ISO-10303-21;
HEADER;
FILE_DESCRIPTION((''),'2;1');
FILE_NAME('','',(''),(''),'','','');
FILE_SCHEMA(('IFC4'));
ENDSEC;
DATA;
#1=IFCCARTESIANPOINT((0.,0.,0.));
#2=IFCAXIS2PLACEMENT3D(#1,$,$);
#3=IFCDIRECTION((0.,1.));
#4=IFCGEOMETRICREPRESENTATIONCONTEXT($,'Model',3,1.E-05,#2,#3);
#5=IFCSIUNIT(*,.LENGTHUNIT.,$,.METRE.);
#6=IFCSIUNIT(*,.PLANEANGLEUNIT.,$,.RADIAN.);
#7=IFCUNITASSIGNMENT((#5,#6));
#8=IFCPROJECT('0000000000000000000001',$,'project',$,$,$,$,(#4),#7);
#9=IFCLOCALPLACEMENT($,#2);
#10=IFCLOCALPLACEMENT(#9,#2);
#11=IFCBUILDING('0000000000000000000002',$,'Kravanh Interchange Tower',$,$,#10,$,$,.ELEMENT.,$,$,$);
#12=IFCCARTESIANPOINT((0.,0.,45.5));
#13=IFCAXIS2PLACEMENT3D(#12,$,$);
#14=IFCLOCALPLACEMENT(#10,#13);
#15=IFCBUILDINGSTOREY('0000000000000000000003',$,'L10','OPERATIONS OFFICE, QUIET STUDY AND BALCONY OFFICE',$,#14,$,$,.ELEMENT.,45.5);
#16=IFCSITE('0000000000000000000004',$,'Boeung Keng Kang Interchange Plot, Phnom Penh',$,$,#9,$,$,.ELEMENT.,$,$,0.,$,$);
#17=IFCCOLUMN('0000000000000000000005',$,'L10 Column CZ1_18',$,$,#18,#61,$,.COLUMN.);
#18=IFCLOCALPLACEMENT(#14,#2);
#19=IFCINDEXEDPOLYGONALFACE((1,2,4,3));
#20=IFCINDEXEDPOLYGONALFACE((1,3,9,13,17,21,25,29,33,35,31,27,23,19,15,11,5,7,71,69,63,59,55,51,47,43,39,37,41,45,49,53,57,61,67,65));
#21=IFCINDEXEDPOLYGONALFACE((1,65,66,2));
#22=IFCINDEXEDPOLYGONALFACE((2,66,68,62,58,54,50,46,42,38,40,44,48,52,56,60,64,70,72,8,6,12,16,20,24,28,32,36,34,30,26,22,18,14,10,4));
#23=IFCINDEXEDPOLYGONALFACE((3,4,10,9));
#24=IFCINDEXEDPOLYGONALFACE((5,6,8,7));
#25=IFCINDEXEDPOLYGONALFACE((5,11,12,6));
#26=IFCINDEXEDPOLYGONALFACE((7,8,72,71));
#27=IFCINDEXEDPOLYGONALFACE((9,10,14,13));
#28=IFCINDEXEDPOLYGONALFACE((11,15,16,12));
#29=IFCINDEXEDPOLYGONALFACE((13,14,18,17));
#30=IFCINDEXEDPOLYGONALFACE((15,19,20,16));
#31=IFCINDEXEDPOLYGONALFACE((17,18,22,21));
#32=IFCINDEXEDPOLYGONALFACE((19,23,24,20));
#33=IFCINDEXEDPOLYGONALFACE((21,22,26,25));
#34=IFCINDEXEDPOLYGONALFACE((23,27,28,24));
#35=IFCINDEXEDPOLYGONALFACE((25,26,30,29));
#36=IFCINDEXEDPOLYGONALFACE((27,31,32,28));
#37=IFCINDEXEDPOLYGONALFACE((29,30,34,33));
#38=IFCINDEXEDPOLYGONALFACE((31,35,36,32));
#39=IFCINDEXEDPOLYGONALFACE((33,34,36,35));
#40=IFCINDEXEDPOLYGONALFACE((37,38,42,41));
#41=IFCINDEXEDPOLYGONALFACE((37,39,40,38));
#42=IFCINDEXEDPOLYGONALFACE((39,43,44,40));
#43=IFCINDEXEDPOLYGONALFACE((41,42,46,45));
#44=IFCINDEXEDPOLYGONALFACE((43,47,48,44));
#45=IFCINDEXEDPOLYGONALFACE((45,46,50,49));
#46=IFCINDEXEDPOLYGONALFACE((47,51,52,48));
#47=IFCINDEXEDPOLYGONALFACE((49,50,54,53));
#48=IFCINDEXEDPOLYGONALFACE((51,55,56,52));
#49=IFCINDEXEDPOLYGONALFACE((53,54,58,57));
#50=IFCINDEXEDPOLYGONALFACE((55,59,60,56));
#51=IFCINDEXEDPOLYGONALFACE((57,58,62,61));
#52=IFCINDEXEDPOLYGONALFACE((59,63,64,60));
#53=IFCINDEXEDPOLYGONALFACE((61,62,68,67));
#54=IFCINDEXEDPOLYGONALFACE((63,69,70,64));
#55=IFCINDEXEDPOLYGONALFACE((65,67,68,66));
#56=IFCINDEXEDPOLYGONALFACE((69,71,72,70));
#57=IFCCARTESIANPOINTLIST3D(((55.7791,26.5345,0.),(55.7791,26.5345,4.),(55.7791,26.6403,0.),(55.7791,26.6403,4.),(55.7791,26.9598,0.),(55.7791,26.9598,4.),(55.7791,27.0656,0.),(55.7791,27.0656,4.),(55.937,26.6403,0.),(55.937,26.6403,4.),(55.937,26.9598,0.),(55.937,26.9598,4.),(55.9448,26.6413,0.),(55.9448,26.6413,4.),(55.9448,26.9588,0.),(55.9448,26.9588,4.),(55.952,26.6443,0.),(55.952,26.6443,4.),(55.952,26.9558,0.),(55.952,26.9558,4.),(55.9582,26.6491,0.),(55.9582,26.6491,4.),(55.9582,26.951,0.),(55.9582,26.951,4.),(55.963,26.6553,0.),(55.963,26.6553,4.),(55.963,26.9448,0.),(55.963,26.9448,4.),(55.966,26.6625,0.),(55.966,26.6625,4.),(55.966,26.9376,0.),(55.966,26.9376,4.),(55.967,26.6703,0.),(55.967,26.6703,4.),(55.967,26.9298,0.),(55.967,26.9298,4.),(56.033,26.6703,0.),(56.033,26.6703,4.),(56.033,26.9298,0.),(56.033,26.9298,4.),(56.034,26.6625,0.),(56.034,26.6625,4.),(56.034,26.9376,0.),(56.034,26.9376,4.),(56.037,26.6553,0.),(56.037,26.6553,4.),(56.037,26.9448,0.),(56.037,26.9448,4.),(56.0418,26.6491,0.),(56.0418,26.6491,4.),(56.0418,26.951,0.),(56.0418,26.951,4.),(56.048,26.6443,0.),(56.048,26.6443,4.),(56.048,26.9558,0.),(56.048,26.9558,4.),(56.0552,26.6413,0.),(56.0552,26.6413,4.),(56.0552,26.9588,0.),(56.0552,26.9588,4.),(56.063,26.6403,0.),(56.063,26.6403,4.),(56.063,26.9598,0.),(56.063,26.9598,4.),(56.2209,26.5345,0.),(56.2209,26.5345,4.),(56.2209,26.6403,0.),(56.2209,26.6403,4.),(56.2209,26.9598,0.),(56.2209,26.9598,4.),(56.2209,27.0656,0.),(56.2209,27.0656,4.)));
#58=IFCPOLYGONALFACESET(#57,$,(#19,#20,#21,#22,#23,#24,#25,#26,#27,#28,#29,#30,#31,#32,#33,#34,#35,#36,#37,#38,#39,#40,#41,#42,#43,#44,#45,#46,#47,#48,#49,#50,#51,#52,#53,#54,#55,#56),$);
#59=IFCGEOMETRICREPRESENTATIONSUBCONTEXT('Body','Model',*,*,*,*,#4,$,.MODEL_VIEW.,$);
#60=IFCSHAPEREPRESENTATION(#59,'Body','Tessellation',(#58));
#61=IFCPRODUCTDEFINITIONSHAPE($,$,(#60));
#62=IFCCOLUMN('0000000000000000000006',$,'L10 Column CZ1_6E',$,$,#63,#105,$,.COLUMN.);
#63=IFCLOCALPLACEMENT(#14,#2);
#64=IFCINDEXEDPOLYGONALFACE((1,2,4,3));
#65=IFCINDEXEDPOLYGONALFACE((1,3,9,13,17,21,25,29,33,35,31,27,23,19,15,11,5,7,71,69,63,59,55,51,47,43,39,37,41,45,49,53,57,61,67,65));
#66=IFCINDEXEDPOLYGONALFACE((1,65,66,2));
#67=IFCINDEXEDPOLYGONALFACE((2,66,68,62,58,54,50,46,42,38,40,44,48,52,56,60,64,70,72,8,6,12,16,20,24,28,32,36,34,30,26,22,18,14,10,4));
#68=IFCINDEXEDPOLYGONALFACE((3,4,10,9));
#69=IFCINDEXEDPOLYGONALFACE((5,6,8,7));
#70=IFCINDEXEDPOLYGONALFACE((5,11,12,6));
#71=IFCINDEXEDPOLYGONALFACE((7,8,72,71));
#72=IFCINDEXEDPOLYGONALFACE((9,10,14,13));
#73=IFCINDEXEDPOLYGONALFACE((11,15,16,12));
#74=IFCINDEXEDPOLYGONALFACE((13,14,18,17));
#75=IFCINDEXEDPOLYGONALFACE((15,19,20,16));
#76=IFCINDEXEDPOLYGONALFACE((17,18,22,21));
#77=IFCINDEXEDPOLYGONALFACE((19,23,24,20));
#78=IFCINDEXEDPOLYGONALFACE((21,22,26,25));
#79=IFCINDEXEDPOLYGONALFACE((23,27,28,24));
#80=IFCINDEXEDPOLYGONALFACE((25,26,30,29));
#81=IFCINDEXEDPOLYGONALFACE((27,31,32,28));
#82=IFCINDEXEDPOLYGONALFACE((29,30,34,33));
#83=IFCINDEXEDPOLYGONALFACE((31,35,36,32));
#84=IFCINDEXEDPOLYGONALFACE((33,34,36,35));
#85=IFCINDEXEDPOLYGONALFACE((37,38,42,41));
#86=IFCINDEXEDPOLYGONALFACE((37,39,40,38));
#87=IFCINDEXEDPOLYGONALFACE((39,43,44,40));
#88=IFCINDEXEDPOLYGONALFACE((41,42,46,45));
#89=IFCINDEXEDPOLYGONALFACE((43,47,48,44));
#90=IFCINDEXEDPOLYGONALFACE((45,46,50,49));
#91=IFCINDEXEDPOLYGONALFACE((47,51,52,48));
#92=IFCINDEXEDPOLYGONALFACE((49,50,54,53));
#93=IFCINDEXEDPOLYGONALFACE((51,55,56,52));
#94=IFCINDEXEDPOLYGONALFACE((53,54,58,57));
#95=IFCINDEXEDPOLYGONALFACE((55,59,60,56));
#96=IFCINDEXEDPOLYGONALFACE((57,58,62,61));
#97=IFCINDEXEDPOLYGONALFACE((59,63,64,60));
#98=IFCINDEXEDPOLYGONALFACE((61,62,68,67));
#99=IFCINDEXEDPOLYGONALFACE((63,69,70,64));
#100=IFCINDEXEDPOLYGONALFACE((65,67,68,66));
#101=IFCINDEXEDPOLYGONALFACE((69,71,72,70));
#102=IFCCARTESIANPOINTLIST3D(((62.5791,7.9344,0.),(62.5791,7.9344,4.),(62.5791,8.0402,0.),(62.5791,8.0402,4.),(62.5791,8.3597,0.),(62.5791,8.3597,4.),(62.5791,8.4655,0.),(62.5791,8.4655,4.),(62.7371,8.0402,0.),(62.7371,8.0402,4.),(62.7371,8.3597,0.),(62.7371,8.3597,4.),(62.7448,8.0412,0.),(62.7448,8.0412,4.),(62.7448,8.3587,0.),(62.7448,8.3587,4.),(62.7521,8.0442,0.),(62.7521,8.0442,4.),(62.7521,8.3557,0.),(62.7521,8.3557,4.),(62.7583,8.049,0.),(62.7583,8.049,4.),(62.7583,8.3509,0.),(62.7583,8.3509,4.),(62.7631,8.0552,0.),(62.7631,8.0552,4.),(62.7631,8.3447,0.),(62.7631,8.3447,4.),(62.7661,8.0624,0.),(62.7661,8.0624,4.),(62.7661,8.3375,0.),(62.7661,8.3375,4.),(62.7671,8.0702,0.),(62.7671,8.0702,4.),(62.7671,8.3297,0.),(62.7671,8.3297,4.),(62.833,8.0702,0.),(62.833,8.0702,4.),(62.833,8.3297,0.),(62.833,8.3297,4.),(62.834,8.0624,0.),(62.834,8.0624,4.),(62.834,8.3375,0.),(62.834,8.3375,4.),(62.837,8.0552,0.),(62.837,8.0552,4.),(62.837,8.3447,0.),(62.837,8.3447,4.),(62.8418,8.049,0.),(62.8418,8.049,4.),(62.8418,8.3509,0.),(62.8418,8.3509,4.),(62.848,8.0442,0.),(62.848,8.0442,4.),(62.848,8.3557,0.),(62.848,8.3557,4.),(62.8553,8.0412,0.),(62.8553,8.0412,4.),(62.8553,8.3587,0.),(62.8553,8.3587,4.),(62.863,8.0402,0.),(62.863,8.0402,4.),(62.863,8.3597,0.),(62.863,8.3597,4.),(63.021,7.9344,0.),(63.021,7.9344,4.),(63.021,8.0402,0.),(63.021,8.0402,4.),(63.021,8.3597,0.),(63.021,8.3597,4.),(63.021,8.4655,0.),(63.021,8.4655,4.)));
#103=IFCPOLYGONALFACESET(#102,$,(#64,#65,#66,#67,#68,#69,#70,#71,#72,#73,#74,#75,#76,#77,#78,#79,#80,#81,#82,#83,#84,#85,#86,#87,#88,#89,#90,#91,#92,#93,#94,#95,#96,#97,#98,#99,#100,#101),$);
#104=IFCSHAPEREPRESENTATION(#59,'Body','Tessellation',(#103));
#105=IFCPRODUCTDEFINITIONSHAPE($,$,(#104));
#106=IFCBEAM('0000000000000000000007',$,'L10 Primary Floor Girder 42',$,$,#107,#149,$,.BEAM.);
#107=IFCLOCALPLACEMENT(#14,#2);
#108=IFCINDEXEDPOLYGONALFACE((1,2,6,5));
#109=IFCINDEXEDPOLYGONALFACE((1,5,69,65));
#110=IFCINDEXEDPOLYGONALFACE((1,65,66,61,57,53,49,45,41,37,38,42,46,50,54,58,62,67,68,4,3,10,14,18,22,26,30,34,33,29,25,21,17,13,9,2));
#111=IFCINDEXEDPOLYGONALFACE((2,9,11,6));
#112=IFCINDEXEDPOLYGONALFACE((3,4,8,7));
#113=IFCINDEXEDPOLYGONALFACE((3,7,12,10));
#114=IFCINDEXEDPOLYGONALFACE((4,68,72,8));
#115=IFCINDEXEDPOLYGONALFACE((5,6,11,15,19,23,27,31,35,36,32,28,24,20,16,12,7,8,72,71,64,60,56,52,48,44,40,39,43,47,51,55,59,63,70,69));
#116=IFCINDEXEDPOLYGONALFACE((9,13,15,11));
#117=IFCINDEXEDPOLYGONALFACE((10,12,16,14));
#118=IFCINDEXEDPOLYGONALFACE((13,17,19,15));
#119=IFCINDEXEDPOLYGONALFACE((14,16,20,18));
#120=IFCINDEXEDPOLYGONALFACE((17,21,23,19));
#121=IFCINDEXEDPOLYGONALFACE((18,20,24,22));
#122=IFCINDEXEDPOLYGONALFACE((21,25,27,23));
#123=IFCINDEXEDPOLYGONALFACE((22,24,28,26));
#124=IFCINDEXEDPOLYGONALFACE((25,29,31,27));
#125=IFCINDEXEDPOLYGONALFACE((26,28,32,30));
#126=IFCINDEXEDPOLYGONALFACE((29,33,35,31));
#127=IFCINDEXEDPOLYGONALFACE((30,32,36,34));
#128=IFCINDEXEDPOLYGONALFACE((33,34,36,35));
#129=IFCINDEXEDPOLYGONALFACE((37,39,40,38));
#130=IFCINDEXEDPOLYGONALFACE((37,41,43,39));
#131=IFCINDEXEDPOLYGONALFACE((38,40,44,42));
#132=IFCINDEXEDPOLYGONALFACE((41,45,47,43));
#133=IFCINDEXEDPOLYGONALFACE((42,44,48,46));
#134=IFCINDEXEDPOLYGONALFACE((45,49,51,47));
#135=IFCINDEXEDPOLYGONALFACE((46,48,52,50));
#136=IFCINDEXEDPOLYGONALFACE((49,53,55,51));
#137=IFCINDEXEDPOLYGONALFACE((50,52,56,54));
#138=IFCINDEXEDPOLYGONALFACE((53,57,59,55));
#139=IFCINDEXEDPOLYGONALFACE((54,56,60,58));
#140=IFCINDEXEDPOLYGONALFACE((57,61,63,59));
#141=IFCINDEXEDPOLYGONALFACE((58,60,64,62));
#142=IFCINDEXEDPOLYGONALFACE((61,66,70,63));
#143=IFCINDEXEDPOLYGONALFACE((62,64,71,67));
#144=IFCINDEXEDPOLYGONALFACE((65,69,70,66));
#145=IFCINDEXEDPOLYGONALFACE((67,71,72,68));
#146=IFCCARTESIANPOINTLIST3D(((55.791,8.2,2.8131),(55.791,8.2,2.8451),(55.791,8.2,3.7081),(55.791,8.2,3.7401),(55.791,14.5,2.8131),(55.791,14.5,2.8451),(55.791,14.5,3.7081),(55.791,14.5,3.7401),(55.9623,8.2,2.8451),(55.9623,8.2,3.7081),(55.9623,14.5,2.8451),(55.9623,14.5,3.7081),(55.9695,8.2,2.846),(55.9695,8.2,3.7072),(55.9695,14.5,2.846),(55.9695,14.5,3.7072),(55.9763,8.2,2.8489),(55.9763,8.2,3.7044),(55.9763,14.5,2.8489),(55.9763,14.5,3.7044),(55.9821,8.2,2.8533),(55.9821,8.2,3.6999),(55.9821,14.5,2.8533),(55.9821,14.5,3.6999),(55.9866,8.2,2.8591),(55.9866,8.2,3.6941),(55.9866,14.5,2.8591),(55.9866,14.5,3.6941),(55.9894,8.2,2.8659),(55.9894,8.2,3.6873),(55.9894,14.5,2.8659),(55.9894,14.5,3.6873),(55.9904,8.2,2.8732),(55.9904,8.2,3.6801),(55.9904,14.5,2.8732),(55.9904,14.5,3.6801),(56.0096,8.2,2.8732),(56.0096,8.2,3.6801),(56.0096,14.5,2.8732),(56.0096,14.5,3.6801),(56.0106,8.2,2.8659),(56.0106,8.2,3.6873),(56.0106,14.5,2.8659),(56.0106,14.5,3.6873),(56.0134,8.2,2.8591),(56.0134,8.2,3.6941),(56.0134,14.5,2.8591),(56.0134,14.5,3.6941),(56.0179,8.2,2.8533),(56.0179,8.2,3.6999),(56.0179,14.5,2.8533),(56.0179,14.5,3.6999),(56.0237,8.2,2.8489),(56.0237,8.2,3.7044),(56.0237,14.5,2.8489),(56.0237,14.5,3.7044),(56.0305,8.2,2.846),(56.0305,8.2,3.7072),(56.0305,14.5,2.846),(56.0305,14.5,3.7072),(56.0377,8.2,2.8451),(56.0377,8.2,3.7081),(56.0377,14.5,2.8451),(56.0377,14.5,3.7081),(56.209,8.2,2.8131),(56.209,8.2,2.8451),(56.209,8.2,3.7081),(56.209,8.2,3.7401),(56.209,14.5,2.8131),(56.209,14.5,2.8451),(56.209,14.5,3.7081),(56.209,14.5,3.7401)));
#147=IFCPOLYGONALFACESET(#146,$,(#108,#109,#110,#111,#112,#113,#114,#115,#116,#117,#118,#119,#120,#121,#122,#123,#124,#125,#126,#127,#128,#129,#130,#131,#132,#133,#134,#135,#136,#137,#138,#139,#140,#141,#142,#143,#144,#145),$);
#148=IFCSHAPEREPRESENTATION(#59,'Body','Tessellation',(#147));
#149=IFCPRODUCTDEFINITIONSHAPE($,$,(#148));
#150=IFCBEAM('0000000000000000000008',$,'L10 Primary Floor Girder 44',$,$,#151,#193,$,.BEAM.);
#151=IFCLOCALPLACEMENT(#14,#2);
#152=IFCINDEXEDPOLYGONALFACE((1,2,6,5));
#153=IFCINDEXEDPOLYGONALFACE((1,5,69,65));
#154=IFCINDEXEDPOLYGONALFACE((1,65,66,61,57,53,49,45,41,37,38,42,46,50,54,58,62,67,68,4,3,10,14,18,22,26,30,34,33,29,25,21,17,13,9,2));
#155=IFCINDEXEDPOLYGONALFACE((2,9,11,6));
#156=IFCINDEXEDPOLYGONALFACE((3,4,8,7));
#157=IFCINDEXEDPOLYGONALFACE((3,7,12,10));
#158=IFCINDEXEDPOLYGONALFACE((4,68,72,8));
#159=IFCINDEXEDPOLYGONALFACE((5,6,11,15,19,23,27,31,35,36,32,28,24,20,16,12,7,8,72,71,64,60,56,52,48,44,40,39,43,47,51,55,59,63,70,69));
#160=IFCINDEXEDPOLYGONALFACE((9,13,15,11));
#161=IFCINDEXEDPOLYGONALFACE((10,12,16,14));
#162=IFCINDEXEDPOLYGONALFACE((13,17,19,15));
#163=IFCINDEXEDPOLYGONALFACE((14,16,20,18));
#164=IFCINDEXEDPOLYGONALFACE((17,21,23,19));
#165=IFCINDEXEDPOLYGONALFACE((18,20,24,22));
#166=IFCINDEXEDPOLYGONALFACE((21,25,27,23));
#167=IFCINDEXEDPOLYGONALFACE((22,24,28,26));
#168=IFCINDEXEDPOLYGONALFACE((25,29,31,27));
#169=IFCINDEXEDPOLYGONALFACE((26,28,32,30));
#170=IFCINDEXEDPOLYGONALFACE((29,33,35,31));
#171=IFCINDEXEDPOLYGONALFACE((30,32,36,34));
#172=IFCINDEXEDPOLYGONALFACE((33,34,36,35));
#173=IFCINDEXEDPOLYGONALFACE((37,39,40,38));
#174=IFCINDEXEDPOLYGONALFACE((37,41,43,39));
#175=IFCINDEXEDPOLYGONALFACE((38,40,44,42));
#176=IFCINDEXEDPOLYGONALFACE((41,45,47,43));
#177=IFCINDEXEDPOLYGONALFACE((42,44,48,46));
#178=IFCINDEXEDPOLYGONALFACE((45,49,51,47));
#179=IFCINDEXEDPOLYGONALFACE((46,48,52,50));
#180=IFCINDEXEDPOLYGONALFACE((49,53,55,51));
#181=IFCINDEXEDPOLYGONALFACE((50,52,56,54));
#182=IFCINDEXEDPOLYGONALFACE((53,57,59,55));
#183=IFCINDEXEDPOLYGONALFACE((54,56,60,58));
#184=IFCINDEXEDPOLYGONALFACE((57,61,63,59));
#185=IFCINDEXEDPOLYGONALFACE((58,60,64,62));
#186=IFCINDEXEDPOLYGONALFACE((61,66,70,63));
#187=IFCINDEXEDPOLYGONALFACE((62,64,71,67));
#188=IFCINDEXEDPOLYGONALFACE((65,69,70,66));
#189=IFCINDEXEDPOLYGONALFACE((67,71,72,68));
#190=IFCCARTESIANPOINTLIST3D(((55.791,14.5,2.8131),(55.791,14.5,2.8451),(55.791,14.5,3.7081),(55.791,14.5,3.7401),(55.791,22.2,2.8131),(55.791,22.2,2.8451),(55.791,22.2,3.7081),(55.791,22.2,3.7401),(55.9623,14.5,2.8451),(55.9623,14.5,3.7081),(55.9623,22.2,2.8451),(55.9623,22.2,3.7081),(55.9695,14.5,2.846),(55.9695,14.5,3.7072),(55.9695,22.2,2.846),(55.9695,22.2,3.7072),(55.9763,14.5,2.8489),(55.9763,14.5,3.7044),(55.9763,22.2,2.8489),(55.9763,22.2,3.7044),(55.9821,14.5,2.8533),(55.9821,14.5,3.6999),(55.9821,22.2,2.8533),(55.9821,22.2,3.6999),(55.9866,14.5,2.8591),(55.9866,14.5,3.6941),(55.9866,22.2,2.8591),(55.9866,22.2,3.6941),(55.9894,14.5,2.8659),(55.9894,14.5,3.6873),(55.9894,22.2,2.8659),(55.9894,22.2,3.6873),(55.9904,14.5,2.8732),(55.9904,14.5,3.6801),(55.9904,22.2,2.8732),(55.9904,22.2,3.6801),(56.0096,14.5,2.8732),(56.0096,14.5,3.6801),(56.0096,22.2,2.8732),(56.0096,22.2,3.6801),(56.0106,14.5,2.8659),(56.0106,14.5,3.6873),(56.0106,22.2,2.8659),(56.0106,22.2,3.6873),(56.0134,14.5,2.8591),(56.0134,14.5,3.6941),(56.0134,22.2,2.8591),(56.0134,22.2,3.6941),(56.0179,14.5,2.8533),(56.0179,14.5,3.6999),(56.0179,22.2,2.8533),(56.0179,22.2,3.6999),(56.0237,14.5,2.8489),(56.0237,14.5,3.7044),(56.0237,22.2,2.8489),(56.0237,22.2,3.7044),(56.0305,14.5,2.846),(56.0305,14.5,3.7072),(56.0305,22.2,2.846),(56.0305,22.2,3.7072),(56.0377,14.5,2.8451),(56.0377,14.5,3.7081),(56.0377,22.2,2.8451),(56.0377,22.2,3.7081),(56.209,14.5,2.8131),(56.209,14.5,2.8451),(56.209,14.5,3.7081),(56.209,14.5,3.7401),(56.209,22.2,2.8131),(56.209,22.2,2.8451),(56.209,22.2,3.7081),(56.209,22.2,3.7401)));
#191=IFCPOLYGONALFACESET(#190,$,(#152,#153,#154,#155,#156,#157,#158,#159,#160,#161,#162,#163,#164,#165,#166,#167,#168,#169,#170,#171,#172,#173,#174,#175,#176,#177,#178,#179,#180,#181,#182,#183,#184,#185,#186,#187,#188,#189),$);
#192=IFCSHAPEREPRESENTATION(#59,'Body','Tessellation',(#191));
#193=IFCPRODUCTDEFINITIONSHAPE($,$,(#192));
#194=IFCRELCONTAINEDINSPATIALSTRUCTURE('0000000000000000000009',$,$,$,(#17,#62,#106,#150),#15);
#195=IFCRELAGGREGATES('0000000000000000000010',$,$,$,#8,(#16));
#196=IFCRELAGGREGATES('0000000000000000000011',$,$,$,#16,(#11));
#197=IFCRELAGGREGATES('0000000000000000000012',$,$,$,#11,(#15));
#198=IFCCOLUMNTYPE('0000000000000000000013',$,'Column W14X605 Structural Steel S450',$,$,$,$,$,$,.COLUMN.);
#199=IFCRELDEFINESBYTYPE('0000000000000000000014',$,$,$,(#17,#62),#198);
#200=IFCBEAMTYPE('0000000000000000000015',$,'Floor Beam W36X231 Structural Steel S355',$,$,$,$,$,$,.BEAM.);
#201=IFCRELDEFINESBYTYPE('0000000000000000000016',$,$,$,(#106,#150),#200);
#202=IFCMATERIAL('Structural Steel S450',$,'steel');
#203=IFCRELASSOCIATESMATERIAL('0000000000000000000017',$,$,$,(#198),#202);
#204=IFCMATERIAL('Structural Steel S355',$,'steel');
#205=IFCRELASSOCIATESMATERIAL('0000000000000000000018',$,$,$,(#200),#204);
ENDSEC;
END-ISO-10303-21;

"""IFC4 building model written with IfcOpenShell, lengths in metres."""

from ifc_helpers import new_model, si_unit, direction, frame, origin, origin_2d, place, context, subcontext, project, spatial, i_section, extrude, material, material_profile, profile_set, type_object, element, save


model = new_model("IFC4")

# Units and contexts
model_context = context("Model", 3, precision=1e-05, world=origin(), true_north=direction((0.0, 1.0)))
body_context = subcontext(model_context, "Body", "Model", "MODEL_VIEW")
ifc_project = project(units=[si_unit("LENGTHUNIT", "METRE"), si_unit("PLANEANGLEUNIT", "RADIAN")], contexts=[model_context])

# Site, building, storey
site_placement = place(None, origin())
site = spatial("IfcSite", under=ifc_project, at=site_placement, Name="Boeung Keng Kang Interchange Plot, Phnom Penh", CompositionType="ELEMENT", RefElevation=0.0)
building_placement = place(site_placement, origin())
building = spatial("IfcBuilding", under=site, at=building_placement, Name="Kravanh Interchange Tower", CompositionType="ELEMENT")
storey_placement = place(building_placement, frame((0.0, 0.0, 45.5)))
storey = spatial("IfcBuildingStorey", under=building, at=storey_placement, Name="L10", Description="OPERATIONS OFFICE, QUIET STUDY AND BALCONY OFFICE", CompositionType="ELEMENT", Elevation=45.5)

# Columns
ifc_material_1 = material(Name="Structural Steel S450", Category="steel")
ifc_material_profile_1 = material_profile(ifc_material_1, i_section(OverallWidth=0.4419, OverallDepth=0.531, WebThickness=0.0659, FlangeThickness=0.1057, FilletRadius=0.03, at=origin_2d()), Name="W14X605")
ifc_profile_set_1 = profile_set([ifc_material_profile_1], Name="Structural Steel S450")
column_type = type_object("IfcColumnType", Name="Column W14X605 Structural Steel S450", PredefinedType="COLUMN", material=ifc_profile_set_1)
for number, where, z_axis, x_axis, name in (
    (1, (56.0, 26.8, 0.0), (0.0, 0.0, 1.0), (1.0, 0.0, 0.0), "L10 Column CZ1_18"),
    (2, (62.8, 8.2, 0.0), (0.0, 0.0, 1.0), (1.0, 0.0, 0.0), "L10 Column CZ1_6E"),
):
    element("IfcColumn", number, at=place(storey_placement, frame(where, z_axis=z_axis, x_axis=x_axis)), inside=storey, type_object=column_type, Name=name, PredefinedType="COLUMN", context=body_context, shape_type="SweptSolid", body=[
        extrude(i_section(OverallWidth=0.4419, OverallDepth=0.531, WebThickness=0.0659, FlangeThickness=0.1057, FilletRadius=0.03, at=origin_2d()), origin(), (0.0, 0.0, 1.0), 4.0),
    ])

# Beams
ifc_material_2 = material(Name="Structural Steel S355", Category="steel")
ifc_material_profile_2 = material_profile(ifc_material_2, i_section(OverallWidth=0.418, OverallDepth=0.927, WebThickness=0.0193, FlangeThickness=0.032, FilletRadius=0.0281, at=origin_2d()), Name="W36X231")
ifc_profile_set_2 = profile_set([ifc_material_profile_2], Name="Structural Steel S355")
beam_type_1 = type_object("IfcBeamType", Name="Floor Beam W36X231 Structural Steel S355", PredefinedType="BEAM", material=ifc_profile_set_2)
beam_1_placement = place(storey_placement, frame((56.0, 14.5, 3.2766), z_axis=(0.0, -1.0, 0.0), x_axis=(1.0, 0.0, 0.0)))
element("IfcBeam", 3, at=beam_1_placement, inside=storey, type_object=beam_type_1, Name="L10 Primary Floor Girder 42", PredefinedType="BEAM", context=body_context, shape_type="SweptSolid", body=[
    extrude(i_section(OverallWidth=0.418, OverallDepth=0.927, WebThickness=0.0193, FlangeThickness=0.032, FilletRadius=0.0281, at=origin_2d()), origin(), (0.0, 0.0, 1.0), 6.3),
])
for number, where, z_axis, x_axis, name in (
    (4, (56.0, 14.5, 3.2766), (0.0, 1.0, 0.0), (-1.0, 0.0, 0.0), "L10 Primary Floor Girder 44"),
):
    element("IfcBeam", number, at=place(storey_placement, frame(where, z_axis=z_axis, x_axis=x_axis)), inside=storey, type_object=beam_type_1, Name=name, PredefinedType="BEAM", context=body_context, shape_type="SweptSolid", body=[
        extrude(i_section(OverallWidth=0.418, OverallDepth=0.927, WebThickness=0.0193, FlangeThickness=0.032, FilletRadius=0.0281, at=origin_2d()), origin(), (0.0, 0.0, 1.0), 7.7),
    ])

save(model, "model.ifc")
